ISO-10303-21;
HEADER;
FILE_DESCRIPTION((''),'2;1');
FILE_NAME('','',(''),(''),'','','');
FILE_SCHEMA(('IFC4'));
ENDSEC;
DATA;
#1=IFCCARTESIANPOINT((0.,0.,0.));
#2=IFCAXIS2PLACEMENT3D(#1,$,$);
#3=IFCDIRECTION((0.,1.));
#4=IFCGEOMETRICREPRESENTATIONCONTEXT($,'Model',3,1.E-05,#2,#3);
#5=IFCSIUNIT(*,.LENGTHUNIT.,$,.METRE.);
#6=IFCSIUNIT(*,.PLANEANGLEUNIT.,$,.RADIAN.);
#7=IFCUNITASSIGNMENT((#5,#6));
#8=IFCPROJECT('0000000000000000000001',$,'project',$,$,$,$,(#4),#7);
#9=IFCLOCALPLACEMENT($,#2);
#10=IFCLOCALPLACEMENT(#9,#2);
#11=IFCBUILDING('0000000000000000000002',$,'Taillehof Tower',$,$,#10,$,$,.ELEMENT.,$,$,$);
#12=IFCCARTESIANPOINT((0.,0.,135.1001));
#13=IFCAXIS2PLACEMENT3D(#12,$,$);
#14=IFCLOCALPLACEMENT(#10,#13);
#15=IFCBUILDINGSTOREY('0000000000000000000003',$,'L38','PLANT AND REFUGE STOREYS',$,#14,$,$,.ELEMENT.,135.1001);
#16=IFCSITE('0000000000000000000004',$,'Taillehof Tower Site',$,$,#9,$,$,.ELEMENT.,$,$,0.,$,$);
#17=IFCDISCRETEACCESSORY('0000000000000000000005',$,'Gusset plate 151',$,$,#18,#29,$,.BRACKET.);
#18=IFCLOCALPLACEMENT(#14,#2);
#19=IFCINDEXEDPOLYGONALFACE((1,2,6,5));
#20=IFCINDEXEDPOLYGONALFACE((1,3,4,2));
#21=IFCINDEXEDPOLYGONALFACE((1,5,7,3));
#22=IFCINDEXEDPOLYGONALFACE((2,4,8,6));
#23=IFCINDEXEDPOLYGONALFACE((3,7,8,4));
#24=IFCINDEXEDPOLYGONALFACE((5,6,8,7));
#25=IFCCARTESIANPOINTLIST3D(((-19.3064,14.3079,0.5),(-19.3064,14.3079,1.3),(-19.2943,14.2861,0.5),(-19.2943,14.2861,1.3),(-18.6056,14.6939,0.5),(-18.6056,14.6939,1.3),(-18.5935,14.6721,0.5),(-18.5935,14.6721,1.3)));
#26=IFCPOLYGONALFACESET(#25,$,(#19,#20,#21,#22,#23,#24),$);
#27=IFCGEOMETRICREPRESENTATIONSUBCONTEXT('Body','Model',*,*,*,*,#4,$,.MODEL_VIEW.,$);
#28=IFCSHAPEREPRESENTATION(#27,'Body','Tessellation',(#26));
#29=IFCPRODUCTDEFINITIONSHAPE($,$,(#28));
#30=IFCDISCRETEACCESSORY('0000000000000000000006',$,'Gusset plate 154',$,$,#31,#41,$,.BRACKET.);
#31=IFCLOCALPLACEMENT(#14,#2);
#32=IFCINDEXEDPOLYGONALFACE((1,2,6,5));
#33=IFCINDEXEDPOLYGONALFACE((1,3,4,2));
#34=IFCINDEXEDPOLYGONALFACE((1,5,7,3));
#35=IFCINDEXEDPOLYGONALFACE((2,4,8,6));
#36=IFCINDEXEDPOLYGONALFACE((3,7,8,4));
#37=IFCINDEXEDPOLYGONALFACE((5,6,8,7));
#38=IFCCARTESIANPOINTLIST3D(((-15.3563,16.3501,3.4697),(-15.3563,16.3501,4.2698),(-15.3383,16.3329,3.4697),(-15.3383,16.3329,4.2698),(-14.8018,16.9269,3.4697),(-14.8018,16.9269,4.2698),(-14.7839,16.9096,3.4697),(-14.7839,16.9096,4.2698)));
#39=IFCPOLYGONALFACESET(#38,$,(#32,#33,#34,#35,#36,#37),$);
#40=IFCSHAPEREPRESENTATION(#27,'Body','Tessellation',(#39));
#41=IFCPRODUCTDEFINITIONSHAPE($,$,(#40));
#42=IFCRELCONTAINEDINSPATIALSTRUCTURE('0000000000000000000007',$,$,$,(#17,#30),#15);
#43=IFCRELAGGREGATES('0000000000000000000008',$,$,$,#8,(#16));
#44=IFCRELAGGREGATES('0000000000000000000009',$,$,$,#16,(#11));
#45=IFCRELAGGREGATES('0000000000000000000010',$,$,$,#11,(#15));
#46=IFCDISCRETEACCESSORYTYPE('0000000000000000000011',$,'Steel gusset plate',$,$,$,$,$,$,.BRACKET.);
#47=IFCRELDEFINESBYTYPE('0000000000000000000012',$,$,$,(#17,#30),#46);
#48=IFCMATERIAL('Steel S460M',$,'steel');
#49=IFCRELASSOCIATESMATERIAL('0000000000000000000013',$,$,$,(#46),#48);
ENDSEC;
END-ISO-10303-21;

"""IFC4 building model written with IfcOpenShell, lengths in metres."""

from ifc_helpers import new_model, si_unit, direction, frame, origin, origin_2d, place, context, subcontext, project, spatial, rectangle, extrude, material, type_object, element, save


model = new_model("IFC4")

# Units and contexts
model_context = context("Model", 3, precision=1e-05, world=origin(), true_north=direction((0.0, 1.0)))
body_context = subcontext(model_context, "Body", "Model", "MODEL_VIEW")
ifc_project = project(units=[si_unit("LENGTHUNIT", "METRE"), si_unit("PLANEANGLEUNIT", "RADIAN")], contexts=[model_context])

# Site, building, storey
site_placement = place(None, origin())
site = spatial("IfcSite", under=ifc_project, at=site_placement, Name="Taillehof Tower Site", CompositionType="ELEMENT", RefElevation=0.0)
building_placement = place(site_placement, origin())
building = spatial("IfcBuilding", under=site, at=building_placement, Name="Taillehof Tower", CompositionType="ELEMENT")
storey_placement = place(building_placement, frame((0.0, 0.0, 135.1001)))
storey = spatial("IfcBuildingStorey", under=building, at=storey_placement, Name="L38", Description="PLANT AND REFUGE STOREYS", CompositionType="ELEMENT", Elevation=135.1001)

# Discrete accessories
ifc_material_1 = material(Name="Steel S460M", Category="steel")
discrete_accessory_type = type_object("IfcDiscreteAccessoryType", Name="Steel gusset plate", PredefinedType="BRACKET", material=ifc_material_1)
for number, where, z_axis, x_axis, name in (
    (1, (-18.95, 14.49, 0.5), (0.0, 0.0, 1.0), (-0.875935, -0.48243, 0.0), "Gusset plate 151"),
    (2, (-15.0701, 16.6299, 3.4697), (0.0, 0.0, 1.0), (-0.693012, -0.720926, 0.0), "Gusset plate 154"),
):
    element("IfcDiscreteAccessory", number, at=place(storey_placement, frame(where, z_axis=z_axis, x_axis=x_axis)), inside=storey, type_object=discrete_accessory_type, Name=name, PredefinedType="BRACKET", context=body_context, shape_type="SweptSolid", body=[
        extrude(rectangle(XDim=0.8, YDim=0.0249, at=origin_2d()), origin(), (0.0, 0.0, 1.0), 0.8),
    ])

save(model, "model.ifc")
